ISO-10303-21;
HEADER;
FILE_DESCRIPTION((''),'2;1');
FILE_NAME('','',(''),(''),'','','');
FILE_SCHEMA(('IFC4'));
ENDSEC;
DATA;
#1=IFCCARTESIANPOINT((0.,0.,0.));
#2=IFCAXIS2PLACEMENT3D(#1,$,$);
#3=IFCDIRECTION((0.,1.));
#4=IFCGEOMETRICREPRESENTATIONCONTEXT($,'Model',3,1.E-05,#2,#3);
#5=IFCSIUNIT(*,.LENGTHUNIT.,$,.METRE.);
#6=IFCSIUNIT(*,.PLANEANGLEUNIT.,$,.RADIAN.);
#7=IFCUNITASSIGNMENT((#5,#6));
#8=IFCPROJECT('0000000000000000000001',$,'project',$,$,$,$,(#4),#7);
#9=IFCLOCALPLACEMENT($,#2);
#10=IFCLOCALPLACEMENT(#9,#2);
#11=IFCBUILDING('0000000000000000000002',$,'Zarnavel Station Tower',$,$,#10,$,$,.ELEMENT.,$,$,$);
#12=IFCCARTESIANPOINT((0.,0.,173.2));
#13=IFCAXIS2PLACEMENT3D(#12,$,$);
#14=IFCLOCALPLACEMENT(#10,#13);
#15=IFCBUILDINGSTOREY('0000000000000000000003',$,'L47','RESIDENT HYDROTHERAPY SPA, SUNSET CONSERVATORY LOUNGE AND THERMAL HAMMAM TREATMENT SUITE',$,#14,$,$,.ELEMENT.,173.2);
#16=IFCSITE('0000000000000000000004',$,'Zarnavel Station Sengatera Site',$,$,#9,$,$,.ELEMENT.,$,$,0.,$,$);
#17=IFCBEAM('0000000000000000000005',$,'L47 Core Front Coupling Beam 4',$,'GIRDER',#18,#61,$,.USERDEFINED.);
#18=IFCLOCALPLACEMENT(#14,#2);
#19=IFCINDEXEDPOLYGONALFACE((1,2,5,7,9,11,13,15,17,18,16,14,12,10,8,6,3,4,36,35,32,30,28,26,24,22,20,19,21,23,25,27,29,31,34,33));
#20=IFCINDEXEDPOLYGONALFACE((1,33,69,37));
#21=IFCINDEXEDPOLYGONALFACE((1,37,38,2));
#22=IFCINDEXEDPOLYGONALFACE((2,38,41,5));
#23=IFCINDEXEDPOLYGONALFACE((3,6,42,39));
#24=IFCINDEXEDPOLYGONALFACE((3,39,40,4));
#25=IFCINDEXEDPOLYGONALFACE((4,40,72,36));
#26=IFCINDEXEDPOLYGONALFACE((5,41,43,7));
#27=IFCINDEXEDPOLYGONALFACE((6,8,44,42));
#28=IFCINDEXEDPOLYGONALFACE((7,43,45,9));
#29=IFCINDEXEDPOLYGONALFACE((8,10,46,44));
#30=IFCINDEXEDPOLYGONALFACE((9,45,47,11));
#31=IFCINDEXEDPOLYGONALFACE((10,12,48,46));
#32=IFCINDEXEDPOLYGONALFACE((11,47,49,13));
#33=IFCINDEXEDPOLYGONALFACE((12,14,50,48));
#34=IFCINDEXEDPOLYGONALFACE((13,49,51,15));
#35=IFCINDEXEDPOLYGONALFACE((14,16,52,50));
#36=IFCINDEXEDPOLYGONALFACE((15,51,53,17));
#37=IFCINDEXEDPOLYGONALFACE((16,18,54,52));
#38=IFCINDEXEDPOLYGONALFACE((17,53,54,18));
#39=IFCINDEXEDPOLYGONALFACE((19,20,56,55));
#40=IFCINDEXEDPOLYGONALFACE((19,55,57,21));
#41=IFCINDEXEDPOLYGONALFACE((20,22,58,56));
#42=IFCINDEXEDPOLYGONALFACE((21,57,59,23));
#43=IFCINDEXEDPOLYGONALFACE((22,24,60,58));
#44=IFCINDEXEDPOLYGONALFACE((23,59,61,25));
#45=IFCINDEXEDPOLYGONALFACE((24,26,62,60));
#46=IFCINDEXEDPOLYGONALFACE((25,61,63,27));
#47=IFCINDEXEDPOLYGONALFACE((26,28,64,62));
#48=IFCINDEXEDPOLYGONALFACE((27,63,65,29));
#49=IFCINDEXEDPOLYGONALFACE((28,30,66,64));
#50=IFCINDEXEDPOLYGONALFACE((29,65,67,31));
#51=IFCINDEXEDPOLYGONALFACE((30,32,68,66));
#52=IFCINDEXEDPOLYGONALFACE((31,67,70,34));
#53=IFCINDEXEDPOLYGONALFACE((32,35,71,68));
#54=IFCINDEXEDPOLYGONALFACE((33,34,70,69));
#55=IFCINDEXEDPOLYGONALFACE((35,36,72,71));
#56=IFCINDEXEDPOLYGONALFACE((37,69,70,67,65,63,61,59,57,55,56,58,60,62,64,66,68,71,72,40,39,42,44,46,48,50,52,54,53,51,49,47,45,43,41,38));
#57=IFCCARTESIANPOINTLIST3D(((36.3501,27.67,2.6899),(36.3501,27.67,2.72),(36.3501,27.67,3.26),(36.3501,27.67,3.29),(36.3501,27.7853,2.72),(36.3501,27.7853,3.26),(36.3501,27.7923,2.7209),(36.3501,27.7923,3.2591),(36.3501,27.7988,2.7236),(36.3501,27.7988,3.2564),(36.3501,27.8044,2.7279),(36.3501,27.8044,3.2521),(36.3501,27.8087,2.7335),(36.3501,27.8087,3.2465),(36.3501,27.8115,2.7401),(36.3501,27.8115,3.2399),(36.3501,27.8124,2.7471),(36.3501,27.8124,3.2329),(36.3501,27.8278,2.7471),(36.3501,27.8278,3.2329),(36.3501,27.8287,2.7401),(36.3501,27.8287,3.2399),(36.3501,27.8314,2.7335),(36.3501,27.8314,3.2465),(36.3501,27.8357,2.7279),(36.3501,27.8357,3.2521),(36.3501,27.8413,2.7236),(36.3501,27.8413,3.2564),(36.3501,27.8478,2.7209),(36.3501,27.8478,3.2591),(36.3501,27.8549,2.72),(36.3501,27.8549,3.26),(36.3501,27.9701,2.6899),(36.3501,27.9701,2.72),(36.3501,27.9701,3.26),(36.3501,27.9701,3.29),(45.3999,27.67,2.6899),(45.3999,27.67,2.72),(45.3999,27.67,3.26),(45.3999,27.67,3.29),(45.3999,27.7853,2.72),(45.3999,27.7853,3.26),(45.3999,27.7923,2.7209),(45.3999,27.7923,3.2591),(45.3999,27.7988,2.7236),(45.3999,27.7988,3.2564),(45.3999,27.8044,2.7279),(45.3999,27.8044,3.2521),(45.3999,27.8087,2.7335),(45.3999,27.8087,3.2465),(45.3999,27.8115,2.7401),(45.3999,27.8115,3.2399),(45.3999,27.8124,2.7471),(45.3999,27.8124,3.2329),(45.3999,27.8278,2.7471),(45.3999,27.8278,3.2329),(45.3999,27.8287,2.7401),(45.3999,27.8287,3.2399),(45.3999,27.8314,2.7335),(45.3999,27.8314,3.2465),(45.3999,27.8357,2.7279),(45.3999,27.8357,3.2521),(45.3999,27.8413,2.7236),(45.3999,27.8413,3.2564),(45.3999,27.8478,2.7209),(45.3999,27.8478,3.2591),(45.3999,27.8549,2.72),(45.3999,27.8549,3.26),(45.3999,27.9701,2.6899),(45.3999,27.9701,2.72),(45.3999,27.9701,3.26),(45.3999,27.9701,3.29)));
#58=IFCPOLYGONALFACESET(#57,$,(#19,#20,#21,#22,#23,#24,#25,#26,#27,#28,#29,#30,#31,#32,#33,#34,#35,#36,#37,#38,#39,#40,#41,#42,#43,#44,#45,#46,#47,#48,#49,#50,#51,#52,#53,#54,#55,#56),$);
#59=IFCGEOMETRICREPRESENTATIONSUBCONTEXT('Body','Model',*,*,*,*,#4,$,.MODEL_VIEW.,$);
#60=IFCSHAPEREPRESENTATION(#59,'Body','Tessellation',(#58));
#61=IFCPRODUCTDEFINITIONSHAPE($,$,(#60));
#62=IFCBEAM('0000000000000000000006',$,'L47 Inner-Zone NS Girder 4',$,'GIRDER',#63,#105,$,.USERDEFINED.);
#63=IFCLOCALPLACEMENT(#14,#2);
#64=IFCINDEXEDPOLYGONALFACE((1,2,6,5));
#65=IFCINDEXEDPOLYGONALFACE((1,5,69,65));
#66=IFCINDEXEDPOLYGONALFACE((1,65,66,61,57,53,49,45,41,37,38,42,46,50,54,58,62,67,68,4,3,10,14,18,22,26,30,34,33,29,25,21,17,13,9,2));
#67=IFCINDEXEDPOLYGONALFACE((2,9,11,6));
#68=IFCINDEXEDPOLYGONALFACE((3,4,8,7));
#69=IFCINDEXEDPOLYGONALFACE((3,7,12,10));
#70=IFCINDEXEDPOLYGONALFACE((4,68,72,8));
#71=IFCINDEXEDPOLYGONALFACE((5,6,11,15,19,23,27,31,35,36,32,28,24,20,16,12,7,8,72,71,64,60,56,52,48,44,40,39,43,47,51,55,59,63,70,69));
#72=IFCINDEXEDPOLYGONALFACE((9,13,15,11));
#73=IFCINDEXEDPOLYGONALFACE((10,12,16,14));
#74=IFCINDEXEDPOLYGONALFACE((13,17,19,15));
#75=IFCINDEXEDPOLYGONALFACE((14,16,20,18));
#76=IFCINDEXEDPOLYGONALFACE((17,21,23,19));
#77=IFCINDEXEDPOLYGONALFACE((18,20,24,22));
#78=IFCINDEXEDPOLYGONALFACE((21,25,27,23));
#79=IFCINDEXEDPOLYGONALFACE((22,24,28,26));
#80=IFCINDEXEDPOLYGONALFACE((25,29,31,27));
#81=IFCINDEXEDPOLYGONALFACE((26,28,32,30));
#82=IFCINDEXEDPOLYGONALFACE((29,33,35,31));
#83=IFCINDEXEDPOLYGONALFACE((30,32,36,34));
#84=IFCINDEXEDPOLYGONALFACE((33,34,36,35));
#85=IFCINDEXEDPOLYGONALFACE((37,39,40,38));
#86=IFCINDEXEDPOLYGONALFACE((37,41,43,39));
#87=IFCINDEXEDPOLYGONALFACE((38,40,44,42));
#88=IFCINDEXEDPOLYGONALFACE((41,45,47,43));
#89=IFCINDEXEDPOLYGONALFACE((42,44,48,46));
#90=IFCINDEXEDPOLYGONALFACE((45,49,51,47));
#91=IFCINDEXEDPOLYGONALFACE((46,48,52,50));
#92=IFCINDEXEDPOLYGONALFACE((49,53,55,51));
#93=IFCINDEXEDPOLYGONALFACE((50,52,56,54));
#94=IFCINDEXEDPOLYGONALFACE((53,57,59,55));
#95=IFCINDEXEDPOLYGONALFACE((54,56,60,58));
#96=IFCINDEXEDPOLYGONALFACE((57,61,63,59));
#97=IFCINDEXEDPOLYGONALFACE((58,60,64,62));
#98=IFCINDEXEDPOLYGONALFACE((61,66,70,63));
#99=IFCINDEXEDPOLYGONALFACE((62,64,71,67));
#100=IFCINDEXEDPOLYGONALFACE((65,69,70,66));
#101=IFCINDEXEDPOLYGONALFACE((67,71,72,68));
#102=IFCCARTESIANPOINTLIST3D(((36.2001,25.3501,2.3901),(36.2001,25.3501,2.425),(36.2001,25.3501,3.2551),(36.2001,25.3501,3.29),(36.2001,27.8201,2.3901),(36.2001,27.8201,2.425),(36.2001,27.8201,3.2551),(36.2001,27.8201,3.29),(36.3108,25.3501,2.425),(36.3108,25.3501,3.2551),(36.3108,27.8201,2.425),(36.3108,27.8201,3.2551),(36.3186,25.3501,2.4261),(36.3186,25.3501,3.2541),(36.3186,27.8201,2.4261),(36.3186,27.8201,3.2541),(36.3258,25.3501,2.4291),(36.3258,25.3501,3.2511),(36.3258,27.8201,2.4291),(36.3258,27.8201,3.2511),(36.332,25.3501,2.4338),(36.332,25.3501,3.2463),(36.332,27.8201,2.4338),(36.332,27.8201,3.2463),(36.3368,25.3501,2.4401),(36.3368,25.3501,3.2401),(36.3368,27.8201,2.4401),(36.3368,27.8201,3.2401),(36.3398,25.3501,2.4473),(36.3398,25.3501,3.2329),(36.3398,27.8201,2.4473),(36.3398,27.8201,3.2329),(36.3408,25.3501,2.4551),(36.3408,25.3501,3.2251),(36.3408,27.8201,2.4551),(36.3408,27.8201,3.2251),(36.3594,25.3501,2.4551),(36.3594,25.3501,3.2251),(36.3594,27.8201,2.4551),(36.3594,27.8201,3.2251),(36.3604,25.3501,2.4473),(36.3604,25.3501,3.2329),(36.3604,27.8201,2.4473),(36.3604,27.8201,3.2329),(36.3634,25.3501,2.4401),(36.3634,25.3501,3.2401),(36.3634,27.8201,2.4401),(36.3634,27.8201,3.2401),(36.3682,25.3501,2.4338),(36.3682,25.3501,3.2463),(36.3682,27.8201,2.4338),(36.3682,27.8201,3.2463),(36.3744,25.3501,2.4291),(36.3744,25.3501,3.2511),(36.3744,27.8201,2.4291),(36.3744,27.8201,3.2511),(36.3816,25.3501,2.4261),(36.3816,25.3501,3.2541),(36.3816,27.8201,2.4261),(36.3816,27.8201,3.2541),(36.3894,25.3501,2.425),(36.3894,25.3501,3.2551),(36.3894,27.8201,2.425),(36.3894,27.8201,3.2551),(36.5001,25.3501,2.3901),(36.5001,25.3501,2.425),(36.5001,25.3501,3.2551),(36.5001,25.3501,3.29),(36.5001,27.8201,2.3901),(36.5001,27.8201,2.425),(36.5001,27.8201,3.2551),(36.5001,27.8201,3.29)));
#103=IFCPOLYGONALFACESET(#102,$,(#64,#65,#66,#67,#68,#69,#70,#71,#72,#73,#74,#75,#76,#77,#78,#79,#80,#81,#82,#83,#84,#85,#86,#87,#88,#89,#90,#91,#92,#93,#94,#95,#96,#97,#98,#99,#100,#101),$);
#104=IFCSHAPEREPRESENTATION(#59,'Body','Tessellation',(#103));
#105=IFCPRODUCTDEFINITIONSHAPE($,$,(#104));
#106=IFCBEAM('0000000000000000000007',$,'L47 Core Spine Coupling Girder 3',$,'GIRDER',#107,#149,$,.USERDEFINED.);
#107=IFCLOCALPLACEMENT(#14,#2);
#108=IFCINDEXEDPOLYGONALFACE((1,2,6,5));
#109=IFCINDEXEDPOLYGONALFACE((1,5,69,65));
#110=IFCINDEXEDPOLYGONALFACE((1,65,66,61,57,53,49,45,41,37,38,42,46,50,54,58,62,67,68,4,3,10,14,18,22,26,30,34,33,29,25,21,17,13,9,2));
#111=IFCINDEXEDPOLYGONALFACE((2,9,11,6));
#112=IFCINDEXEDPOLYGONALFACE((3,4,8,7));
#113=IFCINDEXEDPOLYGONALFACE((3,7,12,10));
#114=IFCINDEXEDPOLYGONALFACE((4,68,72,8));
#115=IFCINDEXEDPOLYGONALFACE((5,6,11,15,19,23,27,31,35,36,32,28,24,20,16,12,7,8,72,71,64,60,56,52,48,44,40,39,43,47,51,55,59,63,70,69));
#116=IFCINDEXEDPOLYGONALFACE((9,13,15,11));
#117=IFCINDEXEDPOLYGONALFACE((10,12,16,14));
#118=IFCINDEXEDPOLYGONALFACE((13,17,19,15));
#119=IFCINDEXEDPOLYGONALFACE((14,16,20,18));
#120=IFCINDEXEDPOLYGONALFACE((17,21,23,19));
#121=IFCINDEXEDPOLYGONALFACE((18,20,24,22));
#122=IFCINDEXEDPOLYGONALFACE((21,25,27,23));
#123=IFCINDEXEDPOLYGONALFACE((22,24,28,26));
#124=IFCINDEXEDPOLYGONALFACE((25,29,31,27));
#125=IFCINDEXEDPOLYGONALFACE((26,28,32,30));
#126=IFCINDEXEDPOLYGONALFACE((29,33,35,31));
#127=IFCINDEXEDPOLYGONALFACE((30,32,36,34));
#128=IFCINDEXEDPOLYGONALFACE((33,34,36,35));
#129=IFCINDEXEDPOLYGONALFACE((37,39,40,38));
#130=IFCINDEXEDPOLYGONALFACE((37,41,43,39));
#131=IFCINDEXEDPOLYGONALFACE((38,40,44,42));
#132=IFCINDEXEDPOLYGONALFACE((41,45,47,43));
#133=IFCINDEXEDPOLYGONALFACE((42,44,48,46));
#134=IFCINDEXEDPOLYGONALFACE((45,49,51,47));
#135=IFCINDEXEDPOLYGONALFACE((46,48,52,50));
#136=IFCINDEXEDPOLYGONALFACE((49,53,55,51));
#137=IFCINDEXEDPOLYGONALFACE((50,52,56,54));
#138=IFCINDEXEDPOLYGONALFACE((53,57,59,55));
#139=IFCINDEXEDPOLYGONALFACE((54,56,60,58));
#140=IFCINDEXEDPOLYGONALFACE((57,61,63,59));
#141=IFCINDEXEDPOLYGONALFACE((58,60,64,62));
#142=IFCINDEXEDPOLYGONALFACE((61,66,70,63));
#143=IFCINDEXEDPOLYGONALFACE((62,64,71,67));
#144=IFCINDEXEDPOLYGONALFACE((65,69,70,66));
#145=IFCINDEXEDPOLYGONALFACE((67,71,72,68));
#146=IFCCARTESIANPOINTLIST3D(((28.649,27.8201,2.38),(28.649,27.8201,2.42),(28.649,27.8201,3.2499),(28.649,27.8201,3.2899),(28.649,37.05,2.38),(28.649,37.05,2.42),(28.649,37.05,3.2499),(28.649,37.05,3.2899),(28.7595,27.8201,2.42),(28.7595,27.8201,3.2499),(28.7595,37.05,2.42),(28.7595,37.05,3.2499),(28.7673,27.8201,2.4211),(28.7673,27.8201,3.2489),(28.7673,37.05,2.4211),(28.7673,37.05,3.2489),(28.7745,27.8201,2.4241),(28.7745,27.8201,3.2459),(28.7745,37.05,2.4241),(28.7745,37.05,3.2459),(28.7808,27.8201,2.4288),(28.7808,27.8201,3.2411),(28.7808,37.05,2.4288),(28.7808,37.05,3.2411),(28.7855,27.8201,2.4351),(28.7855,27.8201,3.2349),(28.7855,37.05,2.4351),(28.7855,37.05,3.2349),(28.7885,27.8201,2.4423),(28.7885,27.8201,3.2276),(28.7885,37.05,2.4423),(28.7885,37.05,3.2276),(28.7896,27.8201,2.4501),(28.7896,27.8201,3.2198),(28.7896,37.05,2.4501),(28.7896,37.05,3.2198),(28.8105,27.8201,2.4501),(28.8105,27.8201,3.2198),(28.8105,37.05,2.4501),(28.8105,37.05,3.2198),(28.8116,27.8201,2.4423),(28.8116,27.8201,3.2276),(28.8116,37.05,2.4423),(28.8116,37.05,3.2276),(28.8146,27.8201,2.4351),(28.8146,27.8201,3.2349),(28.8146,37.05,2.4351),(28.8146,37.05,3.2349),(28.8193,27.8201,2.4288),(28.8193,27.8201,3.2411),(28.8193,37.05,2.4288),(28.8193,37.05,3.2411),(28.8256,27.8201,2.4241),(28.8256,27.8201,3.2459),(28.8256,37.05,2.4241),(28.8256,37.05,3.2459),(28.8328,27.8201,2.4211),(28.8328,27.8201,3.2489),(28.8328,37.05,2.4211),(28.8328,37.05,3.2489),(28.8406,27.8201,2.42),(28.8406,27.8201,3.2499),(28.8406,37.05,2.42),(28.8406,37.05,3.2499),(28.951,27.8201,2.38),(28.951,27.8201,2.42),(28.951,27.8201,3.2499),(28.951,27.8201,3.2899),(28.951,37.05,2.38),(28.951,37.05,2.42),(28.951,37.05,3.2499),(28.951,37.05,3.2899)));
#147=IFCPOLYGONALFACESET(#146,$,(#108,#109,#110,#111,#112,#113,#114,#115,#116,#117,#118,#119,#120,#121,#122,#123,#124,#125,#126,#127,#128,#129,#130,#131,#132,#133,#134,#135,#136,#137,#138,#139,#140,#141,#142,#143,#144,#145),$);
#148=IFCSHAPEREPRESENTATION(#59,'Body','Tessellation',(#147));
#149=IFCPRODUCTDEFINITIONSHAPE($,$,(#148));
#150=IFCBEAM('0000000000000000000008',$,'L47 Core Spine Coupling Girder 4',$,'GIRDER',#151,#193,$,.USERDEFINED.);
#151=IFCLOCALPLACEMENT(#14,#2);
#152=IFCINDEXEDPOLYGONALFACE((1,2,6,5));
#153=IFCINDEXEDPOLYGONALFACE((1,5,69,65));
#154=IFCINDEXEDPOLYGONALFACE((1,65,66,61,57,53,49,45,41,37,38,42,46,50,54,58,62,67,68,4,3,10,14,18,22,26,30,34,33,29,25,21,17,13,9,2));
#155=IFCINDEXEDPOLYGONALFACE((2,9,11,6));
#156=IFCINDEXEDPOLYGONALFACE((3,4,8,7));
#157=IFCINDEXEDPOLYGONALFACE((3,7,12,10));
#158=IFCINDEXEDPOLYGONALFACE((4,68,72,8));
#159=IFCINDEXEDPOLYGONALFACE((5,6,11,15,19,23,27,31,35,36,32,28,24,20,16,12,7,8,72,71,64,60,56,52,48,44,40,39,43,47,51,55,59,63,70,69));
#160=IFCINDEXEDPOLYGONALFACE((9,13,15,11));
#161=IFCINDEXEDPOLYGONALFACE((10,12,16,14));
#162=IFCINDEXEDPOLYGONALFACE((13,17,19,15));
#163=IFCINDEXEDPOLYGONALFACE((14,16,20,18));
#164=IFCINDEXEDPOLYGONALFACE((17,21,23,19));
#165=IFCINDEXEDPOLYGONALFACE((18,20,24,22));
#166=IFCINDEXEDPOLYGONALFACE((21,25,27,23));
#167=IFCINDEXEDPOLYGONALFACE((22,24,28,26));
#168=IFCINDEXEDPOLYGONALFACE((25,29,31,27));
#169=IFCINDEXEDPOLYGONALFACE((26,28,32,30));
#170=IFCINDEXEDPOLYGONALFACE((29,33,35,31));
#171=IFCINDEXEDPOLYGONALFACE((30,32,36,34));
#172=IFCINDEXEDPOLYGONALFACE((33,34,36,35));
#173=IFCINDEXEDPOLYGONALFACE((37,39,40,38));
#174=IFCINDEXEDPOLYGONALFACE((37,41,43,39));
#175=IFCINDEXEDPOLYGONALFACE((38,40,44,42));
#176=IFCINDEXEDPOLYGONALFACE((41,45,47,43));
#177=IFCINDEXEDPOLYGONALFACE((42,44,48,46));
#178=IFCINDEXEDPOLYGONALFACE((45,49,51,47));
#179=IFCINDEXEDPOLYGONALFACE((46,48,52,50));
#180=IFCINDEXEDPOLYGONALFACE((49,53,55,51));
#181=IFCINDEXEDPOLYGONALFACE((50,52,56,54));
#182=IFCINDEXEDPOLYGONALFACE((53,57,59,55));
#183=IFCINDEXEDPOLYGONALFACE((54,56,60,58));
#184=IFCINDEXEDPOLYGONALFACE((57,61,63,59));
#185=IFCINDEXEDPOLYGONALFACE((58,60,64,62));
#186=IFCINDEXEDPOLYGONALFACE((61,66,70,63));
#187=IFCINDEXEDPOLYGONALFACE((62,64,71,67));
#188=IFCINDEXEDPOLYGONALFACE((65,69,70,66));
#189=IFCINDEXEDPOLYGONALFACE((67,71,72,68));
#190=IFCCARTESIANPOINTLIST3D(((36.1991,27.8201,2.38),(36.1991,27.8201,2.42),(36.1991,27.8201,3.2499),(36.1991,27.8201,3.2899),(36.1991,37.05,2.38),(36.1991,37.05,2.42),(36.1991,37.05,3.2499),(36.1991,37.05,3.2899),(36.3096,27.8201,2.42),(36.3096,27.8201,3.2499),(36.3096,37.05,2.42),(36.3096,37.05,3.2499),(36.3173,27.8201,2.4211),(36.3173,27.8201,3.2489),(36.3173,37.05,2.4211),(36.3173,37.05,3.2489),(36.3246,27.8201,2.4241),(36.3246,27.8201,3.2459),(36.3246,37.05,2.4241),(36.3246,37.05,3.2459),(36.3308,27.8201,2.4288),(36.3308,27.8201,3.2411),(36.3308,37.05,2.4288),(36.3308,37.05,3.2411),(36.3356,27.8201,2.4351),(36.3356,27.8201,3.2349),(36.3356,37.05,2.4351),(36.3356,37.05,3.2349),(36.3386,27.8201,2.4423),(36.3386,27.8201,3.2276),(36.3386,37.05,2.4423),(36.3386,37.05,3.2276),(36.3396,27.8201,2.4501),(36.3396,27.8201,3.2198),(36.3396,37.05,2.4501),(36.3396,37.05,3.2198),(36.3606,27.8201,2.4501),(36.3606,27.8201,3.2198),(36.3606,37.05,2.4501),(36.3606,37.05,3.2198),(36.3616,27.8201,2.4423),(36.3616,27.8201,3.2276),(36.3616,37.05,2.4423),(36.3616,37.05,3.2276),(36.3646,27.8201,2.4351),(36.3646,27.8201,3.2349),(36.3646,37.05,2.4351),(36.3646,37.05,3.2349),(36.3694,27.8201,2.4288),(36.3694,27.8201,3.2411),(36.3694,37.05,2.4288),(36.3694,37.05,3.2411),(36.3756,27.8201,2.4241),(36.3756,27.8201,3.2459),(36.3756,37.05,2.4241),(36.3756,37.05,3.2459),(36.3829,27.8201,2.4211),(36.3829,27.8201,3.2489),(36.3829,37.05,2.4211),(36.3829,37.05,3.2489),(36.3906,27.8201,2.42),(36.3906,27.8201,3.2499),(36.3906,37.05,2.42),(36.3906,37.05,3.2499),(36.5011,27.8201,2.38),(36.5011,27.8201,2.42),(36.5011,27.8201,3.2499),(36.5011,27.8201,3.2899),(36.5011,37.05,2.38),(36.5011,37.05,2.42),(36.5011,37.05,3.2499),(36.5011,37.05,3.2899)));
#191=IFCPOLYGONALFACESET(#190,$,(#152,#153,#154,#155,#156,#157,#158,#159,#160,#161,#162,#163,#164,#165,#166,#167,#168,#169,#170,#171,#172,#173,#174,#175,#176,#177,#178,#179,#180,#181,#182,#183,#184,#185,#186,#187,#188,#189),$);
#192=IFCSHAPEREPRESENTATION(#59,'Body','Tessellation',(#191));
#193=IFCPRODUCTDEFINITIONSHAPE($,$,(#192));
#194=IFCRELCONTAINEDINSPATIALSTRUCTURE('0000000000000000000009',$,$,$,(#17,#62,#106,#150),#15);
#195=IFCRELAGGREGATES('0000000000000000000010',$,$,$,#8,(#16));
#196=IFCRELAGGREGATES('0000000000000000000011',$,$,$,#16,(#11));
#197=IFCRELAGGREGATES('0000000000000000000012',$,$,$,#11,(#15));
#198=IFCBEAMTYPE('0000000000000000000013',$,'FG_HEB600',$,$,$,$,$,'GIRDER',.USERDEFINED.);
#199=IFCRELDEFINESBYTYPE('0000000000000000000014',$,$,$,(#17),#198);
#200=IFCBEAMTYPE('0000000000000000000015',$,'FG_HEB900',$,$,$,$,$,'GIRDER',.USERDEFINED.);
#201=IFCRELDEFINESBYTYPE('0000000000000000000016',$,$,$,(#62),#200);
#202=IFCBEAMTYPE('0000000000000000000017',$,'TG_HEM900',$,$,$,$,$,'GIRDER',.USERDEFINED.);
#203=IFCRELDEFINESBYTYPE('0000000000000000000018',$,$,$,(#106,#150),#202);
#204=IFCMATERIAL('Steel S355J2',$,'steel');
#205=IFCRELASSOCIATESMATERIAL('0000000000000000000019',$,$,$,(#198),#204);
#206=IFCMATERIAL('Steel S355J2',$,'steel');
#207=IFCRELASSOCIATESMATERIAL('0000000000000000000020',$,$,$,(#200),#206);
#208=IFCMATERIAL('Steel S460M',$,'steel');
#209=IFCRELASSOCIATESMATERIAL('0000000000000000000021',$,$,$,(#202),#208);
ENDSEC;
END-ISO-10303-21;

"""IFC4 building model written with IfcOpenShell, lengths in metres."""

from ifc_helpers import new_model, si_unit, direction, frame, origin, origin_2d, place, context, subcontext, project, spatial, i_section, extrude, material, material_profile, profile_set, type_object, element, save


model = new_model("IFC4")

# Units and contexts
model_context = context("Model", 3, precision=1e-05, world=origin(), true_north=direction((0.0, 1.0)))
body_context = subcontext(model_context, "Body", "Model", "MODEL_VIEW")
ifc_project = project(units=[si_unit("LENGTHUNIT", "METRE"), si_unit("PLANEANGLEUNIT", "RADIAN")], contexts=[model_context])

# Site, building, storey
site_placement = place(None, origin())
site = spatial("IfcSite", under=ifc_project, at=site_placement, Name="Zarnavel Station Sengatera Site", CompositionType="ELEMENT", RefElevation=0.0)
building_placement = place(site_placement, origin())
building = spatial("IfcBuilding", under=site, at=building_placement, Name="Zarnavel Station Tower", CompositionType="ELEMENT")
storey_placement = place(building_placement, frame((0.0, 0.0, 173.2)))
storey = spatial("IfcBuildingStorey", under=building, at=storey_placement, Name="L47", Description="RESIDENT HYDROTHERAPY SPA, SUNSET CONSERVATORY LOUNGE AND THERMAL HAMMAM TREATMENT SUITE", CompositionType="ELEMENT", Elevation=173.2)

# Beams
ifc_material_1 = material(Name="Steel S355J2", Category="steel")
ifc_material_profile_1 = material_profile(ifc_material_1, i_section(OverallWidth=0.3, OverallDepth=0.6001, WebThickness=0.0154, FlangeThickness=0.03, FilletRadius=0.0271, at=origin_2d()), Name="HEB600")
ifc_profile_set_1 = profile_set([ifc_material_profile_1], Name="Steel S355J2")
beam_type_1 = type_object("IfcBeamType", Name="FG_HEB600", ElementType="GIRDER", PredefinedType="USERDEFINED", material=ifc_profile_set_1)
beam_1_placement = place(storey_placement, frame((36.3501, 27.8201, 2.99), z_axis=(1.0, 0.0, 0.0), x_axis=(0.0, 1.0, 0.0)))
element("IfcBeam", 1, at=beam_1_placement, inside=storey, type_object=beam_type_1, Name="L47 Core Front Coupling Beam 4", ObjectType="GIRDER", PredefinedType="USERDEFINED", context=body_context, shape_type="SweptSolid", body=[
    extrude(i_section(OverallWidth=0.3, OverallDepth=0.6001, WebThickness=0.0154, FlangeThickness=0.03, FilletRadius=0.0271, at=origin_2d()), origin(), (0.0, 0.0, 1.0), 9.0498),
])
ifc_material_2 = material(Name="Steel S355J2", Category="steel")
ifc_material_profile_2 = material_profile(ifc_material_2, i_section(OverallWidth=0.3, OverallDepth=0.8999, WebThickness=0.0186, FlangeThickness=0.0349, FilletRadius=0.03, at=origin_2d()), Name="HEB900")
ifc_profile_set_2 = profile_set([ifc_material_profile_2], Name="Steel S355J2")
beam_type_2 = type_object("IfcBeamType", Name="FG_HEB900", ElementType="GIRDER", PredefinedType="USERDEFINED", material=ifc_profile_set_2)
beam_2_placement = place(storey_placement, frame((36.3501, 25.3501, 2.8401), z_axis=(0.0, 1.0, 0.0), x_axis=(-1.0, 0.0, 0.0)))
element("IfcBeam", 2, at=beam_2_placement, inside=storey, type_object=beam_type_2, Name="L47 Inner-Zone NS Girder 4", ObjectType="GIRDER", PredefinedType="USERDEFINED", context=body_context, shape_type="SweptSolid", body=[
    extrude(i_section(OverallWidth=0.3, OverallDepth=0.8999, WebThickness=0.0186, FlangeThickness=0.0349, FilletRadius=0.03, at=origin_2d()), origin(), (0.0, 0.0, 1.0), 2.47),
])
ifc_material_3 = material(Name="Steel S460M", Category="steel")
ifc_material_profile_3 = material_profile(ifc_material_3, i_section(OverallWidth=0.302, OverallDepth=0.9099, WebThickness=0.021, FlangeThickness=0.04, FilletRadius=0.03, at=origin_2d()), Name="HEM900")
ifc_profile_set_3 = profile_set([ifc_material_profile_3], Name="Steel S460M")
beam_type_3 = type_object("IfcBeamType", Name="TG_HEM900", ElementType="GIRDER", PredefinedType="USERDEFINED", material=ifc_profile_set_3)
for number, where, z_axis, x_axis, name in (
    (3, (28.8, 27.8201, 2.835), (0.0, 1.0, 0.0), (-1.0, 0.0, 0.0), "L47 Core Spine Coupling Girder 3"),
    (4, (36.3501, 27.8201, 2.835), (0.0, 1.0, 0.0), (-1.0, 0.0, 0.0), "L47 Core Spine Coupling Girder 4"),
):
    element("IfcBeam", number, at=place(storey_placement, frame(where, z_axis=z_axis, x_axis=x_axis)), inside=storey, type_object=beam_type_3, Name=name, ObjectType="GIRDER", PredefinedType="USERDEFINED", context=body_context, shape_type="SweptSolid", body=[
        extrude(i_section(OverallWidth=0.302, OverallDepth=0.9099, WebThickness=0.021, FlangeThickness=0.04, FilletRadius=0.03, at=origin_2d()), origin(), (0.0, 0.0, 1.0), 9.23),
    ])

save(model, "model.ifc")
